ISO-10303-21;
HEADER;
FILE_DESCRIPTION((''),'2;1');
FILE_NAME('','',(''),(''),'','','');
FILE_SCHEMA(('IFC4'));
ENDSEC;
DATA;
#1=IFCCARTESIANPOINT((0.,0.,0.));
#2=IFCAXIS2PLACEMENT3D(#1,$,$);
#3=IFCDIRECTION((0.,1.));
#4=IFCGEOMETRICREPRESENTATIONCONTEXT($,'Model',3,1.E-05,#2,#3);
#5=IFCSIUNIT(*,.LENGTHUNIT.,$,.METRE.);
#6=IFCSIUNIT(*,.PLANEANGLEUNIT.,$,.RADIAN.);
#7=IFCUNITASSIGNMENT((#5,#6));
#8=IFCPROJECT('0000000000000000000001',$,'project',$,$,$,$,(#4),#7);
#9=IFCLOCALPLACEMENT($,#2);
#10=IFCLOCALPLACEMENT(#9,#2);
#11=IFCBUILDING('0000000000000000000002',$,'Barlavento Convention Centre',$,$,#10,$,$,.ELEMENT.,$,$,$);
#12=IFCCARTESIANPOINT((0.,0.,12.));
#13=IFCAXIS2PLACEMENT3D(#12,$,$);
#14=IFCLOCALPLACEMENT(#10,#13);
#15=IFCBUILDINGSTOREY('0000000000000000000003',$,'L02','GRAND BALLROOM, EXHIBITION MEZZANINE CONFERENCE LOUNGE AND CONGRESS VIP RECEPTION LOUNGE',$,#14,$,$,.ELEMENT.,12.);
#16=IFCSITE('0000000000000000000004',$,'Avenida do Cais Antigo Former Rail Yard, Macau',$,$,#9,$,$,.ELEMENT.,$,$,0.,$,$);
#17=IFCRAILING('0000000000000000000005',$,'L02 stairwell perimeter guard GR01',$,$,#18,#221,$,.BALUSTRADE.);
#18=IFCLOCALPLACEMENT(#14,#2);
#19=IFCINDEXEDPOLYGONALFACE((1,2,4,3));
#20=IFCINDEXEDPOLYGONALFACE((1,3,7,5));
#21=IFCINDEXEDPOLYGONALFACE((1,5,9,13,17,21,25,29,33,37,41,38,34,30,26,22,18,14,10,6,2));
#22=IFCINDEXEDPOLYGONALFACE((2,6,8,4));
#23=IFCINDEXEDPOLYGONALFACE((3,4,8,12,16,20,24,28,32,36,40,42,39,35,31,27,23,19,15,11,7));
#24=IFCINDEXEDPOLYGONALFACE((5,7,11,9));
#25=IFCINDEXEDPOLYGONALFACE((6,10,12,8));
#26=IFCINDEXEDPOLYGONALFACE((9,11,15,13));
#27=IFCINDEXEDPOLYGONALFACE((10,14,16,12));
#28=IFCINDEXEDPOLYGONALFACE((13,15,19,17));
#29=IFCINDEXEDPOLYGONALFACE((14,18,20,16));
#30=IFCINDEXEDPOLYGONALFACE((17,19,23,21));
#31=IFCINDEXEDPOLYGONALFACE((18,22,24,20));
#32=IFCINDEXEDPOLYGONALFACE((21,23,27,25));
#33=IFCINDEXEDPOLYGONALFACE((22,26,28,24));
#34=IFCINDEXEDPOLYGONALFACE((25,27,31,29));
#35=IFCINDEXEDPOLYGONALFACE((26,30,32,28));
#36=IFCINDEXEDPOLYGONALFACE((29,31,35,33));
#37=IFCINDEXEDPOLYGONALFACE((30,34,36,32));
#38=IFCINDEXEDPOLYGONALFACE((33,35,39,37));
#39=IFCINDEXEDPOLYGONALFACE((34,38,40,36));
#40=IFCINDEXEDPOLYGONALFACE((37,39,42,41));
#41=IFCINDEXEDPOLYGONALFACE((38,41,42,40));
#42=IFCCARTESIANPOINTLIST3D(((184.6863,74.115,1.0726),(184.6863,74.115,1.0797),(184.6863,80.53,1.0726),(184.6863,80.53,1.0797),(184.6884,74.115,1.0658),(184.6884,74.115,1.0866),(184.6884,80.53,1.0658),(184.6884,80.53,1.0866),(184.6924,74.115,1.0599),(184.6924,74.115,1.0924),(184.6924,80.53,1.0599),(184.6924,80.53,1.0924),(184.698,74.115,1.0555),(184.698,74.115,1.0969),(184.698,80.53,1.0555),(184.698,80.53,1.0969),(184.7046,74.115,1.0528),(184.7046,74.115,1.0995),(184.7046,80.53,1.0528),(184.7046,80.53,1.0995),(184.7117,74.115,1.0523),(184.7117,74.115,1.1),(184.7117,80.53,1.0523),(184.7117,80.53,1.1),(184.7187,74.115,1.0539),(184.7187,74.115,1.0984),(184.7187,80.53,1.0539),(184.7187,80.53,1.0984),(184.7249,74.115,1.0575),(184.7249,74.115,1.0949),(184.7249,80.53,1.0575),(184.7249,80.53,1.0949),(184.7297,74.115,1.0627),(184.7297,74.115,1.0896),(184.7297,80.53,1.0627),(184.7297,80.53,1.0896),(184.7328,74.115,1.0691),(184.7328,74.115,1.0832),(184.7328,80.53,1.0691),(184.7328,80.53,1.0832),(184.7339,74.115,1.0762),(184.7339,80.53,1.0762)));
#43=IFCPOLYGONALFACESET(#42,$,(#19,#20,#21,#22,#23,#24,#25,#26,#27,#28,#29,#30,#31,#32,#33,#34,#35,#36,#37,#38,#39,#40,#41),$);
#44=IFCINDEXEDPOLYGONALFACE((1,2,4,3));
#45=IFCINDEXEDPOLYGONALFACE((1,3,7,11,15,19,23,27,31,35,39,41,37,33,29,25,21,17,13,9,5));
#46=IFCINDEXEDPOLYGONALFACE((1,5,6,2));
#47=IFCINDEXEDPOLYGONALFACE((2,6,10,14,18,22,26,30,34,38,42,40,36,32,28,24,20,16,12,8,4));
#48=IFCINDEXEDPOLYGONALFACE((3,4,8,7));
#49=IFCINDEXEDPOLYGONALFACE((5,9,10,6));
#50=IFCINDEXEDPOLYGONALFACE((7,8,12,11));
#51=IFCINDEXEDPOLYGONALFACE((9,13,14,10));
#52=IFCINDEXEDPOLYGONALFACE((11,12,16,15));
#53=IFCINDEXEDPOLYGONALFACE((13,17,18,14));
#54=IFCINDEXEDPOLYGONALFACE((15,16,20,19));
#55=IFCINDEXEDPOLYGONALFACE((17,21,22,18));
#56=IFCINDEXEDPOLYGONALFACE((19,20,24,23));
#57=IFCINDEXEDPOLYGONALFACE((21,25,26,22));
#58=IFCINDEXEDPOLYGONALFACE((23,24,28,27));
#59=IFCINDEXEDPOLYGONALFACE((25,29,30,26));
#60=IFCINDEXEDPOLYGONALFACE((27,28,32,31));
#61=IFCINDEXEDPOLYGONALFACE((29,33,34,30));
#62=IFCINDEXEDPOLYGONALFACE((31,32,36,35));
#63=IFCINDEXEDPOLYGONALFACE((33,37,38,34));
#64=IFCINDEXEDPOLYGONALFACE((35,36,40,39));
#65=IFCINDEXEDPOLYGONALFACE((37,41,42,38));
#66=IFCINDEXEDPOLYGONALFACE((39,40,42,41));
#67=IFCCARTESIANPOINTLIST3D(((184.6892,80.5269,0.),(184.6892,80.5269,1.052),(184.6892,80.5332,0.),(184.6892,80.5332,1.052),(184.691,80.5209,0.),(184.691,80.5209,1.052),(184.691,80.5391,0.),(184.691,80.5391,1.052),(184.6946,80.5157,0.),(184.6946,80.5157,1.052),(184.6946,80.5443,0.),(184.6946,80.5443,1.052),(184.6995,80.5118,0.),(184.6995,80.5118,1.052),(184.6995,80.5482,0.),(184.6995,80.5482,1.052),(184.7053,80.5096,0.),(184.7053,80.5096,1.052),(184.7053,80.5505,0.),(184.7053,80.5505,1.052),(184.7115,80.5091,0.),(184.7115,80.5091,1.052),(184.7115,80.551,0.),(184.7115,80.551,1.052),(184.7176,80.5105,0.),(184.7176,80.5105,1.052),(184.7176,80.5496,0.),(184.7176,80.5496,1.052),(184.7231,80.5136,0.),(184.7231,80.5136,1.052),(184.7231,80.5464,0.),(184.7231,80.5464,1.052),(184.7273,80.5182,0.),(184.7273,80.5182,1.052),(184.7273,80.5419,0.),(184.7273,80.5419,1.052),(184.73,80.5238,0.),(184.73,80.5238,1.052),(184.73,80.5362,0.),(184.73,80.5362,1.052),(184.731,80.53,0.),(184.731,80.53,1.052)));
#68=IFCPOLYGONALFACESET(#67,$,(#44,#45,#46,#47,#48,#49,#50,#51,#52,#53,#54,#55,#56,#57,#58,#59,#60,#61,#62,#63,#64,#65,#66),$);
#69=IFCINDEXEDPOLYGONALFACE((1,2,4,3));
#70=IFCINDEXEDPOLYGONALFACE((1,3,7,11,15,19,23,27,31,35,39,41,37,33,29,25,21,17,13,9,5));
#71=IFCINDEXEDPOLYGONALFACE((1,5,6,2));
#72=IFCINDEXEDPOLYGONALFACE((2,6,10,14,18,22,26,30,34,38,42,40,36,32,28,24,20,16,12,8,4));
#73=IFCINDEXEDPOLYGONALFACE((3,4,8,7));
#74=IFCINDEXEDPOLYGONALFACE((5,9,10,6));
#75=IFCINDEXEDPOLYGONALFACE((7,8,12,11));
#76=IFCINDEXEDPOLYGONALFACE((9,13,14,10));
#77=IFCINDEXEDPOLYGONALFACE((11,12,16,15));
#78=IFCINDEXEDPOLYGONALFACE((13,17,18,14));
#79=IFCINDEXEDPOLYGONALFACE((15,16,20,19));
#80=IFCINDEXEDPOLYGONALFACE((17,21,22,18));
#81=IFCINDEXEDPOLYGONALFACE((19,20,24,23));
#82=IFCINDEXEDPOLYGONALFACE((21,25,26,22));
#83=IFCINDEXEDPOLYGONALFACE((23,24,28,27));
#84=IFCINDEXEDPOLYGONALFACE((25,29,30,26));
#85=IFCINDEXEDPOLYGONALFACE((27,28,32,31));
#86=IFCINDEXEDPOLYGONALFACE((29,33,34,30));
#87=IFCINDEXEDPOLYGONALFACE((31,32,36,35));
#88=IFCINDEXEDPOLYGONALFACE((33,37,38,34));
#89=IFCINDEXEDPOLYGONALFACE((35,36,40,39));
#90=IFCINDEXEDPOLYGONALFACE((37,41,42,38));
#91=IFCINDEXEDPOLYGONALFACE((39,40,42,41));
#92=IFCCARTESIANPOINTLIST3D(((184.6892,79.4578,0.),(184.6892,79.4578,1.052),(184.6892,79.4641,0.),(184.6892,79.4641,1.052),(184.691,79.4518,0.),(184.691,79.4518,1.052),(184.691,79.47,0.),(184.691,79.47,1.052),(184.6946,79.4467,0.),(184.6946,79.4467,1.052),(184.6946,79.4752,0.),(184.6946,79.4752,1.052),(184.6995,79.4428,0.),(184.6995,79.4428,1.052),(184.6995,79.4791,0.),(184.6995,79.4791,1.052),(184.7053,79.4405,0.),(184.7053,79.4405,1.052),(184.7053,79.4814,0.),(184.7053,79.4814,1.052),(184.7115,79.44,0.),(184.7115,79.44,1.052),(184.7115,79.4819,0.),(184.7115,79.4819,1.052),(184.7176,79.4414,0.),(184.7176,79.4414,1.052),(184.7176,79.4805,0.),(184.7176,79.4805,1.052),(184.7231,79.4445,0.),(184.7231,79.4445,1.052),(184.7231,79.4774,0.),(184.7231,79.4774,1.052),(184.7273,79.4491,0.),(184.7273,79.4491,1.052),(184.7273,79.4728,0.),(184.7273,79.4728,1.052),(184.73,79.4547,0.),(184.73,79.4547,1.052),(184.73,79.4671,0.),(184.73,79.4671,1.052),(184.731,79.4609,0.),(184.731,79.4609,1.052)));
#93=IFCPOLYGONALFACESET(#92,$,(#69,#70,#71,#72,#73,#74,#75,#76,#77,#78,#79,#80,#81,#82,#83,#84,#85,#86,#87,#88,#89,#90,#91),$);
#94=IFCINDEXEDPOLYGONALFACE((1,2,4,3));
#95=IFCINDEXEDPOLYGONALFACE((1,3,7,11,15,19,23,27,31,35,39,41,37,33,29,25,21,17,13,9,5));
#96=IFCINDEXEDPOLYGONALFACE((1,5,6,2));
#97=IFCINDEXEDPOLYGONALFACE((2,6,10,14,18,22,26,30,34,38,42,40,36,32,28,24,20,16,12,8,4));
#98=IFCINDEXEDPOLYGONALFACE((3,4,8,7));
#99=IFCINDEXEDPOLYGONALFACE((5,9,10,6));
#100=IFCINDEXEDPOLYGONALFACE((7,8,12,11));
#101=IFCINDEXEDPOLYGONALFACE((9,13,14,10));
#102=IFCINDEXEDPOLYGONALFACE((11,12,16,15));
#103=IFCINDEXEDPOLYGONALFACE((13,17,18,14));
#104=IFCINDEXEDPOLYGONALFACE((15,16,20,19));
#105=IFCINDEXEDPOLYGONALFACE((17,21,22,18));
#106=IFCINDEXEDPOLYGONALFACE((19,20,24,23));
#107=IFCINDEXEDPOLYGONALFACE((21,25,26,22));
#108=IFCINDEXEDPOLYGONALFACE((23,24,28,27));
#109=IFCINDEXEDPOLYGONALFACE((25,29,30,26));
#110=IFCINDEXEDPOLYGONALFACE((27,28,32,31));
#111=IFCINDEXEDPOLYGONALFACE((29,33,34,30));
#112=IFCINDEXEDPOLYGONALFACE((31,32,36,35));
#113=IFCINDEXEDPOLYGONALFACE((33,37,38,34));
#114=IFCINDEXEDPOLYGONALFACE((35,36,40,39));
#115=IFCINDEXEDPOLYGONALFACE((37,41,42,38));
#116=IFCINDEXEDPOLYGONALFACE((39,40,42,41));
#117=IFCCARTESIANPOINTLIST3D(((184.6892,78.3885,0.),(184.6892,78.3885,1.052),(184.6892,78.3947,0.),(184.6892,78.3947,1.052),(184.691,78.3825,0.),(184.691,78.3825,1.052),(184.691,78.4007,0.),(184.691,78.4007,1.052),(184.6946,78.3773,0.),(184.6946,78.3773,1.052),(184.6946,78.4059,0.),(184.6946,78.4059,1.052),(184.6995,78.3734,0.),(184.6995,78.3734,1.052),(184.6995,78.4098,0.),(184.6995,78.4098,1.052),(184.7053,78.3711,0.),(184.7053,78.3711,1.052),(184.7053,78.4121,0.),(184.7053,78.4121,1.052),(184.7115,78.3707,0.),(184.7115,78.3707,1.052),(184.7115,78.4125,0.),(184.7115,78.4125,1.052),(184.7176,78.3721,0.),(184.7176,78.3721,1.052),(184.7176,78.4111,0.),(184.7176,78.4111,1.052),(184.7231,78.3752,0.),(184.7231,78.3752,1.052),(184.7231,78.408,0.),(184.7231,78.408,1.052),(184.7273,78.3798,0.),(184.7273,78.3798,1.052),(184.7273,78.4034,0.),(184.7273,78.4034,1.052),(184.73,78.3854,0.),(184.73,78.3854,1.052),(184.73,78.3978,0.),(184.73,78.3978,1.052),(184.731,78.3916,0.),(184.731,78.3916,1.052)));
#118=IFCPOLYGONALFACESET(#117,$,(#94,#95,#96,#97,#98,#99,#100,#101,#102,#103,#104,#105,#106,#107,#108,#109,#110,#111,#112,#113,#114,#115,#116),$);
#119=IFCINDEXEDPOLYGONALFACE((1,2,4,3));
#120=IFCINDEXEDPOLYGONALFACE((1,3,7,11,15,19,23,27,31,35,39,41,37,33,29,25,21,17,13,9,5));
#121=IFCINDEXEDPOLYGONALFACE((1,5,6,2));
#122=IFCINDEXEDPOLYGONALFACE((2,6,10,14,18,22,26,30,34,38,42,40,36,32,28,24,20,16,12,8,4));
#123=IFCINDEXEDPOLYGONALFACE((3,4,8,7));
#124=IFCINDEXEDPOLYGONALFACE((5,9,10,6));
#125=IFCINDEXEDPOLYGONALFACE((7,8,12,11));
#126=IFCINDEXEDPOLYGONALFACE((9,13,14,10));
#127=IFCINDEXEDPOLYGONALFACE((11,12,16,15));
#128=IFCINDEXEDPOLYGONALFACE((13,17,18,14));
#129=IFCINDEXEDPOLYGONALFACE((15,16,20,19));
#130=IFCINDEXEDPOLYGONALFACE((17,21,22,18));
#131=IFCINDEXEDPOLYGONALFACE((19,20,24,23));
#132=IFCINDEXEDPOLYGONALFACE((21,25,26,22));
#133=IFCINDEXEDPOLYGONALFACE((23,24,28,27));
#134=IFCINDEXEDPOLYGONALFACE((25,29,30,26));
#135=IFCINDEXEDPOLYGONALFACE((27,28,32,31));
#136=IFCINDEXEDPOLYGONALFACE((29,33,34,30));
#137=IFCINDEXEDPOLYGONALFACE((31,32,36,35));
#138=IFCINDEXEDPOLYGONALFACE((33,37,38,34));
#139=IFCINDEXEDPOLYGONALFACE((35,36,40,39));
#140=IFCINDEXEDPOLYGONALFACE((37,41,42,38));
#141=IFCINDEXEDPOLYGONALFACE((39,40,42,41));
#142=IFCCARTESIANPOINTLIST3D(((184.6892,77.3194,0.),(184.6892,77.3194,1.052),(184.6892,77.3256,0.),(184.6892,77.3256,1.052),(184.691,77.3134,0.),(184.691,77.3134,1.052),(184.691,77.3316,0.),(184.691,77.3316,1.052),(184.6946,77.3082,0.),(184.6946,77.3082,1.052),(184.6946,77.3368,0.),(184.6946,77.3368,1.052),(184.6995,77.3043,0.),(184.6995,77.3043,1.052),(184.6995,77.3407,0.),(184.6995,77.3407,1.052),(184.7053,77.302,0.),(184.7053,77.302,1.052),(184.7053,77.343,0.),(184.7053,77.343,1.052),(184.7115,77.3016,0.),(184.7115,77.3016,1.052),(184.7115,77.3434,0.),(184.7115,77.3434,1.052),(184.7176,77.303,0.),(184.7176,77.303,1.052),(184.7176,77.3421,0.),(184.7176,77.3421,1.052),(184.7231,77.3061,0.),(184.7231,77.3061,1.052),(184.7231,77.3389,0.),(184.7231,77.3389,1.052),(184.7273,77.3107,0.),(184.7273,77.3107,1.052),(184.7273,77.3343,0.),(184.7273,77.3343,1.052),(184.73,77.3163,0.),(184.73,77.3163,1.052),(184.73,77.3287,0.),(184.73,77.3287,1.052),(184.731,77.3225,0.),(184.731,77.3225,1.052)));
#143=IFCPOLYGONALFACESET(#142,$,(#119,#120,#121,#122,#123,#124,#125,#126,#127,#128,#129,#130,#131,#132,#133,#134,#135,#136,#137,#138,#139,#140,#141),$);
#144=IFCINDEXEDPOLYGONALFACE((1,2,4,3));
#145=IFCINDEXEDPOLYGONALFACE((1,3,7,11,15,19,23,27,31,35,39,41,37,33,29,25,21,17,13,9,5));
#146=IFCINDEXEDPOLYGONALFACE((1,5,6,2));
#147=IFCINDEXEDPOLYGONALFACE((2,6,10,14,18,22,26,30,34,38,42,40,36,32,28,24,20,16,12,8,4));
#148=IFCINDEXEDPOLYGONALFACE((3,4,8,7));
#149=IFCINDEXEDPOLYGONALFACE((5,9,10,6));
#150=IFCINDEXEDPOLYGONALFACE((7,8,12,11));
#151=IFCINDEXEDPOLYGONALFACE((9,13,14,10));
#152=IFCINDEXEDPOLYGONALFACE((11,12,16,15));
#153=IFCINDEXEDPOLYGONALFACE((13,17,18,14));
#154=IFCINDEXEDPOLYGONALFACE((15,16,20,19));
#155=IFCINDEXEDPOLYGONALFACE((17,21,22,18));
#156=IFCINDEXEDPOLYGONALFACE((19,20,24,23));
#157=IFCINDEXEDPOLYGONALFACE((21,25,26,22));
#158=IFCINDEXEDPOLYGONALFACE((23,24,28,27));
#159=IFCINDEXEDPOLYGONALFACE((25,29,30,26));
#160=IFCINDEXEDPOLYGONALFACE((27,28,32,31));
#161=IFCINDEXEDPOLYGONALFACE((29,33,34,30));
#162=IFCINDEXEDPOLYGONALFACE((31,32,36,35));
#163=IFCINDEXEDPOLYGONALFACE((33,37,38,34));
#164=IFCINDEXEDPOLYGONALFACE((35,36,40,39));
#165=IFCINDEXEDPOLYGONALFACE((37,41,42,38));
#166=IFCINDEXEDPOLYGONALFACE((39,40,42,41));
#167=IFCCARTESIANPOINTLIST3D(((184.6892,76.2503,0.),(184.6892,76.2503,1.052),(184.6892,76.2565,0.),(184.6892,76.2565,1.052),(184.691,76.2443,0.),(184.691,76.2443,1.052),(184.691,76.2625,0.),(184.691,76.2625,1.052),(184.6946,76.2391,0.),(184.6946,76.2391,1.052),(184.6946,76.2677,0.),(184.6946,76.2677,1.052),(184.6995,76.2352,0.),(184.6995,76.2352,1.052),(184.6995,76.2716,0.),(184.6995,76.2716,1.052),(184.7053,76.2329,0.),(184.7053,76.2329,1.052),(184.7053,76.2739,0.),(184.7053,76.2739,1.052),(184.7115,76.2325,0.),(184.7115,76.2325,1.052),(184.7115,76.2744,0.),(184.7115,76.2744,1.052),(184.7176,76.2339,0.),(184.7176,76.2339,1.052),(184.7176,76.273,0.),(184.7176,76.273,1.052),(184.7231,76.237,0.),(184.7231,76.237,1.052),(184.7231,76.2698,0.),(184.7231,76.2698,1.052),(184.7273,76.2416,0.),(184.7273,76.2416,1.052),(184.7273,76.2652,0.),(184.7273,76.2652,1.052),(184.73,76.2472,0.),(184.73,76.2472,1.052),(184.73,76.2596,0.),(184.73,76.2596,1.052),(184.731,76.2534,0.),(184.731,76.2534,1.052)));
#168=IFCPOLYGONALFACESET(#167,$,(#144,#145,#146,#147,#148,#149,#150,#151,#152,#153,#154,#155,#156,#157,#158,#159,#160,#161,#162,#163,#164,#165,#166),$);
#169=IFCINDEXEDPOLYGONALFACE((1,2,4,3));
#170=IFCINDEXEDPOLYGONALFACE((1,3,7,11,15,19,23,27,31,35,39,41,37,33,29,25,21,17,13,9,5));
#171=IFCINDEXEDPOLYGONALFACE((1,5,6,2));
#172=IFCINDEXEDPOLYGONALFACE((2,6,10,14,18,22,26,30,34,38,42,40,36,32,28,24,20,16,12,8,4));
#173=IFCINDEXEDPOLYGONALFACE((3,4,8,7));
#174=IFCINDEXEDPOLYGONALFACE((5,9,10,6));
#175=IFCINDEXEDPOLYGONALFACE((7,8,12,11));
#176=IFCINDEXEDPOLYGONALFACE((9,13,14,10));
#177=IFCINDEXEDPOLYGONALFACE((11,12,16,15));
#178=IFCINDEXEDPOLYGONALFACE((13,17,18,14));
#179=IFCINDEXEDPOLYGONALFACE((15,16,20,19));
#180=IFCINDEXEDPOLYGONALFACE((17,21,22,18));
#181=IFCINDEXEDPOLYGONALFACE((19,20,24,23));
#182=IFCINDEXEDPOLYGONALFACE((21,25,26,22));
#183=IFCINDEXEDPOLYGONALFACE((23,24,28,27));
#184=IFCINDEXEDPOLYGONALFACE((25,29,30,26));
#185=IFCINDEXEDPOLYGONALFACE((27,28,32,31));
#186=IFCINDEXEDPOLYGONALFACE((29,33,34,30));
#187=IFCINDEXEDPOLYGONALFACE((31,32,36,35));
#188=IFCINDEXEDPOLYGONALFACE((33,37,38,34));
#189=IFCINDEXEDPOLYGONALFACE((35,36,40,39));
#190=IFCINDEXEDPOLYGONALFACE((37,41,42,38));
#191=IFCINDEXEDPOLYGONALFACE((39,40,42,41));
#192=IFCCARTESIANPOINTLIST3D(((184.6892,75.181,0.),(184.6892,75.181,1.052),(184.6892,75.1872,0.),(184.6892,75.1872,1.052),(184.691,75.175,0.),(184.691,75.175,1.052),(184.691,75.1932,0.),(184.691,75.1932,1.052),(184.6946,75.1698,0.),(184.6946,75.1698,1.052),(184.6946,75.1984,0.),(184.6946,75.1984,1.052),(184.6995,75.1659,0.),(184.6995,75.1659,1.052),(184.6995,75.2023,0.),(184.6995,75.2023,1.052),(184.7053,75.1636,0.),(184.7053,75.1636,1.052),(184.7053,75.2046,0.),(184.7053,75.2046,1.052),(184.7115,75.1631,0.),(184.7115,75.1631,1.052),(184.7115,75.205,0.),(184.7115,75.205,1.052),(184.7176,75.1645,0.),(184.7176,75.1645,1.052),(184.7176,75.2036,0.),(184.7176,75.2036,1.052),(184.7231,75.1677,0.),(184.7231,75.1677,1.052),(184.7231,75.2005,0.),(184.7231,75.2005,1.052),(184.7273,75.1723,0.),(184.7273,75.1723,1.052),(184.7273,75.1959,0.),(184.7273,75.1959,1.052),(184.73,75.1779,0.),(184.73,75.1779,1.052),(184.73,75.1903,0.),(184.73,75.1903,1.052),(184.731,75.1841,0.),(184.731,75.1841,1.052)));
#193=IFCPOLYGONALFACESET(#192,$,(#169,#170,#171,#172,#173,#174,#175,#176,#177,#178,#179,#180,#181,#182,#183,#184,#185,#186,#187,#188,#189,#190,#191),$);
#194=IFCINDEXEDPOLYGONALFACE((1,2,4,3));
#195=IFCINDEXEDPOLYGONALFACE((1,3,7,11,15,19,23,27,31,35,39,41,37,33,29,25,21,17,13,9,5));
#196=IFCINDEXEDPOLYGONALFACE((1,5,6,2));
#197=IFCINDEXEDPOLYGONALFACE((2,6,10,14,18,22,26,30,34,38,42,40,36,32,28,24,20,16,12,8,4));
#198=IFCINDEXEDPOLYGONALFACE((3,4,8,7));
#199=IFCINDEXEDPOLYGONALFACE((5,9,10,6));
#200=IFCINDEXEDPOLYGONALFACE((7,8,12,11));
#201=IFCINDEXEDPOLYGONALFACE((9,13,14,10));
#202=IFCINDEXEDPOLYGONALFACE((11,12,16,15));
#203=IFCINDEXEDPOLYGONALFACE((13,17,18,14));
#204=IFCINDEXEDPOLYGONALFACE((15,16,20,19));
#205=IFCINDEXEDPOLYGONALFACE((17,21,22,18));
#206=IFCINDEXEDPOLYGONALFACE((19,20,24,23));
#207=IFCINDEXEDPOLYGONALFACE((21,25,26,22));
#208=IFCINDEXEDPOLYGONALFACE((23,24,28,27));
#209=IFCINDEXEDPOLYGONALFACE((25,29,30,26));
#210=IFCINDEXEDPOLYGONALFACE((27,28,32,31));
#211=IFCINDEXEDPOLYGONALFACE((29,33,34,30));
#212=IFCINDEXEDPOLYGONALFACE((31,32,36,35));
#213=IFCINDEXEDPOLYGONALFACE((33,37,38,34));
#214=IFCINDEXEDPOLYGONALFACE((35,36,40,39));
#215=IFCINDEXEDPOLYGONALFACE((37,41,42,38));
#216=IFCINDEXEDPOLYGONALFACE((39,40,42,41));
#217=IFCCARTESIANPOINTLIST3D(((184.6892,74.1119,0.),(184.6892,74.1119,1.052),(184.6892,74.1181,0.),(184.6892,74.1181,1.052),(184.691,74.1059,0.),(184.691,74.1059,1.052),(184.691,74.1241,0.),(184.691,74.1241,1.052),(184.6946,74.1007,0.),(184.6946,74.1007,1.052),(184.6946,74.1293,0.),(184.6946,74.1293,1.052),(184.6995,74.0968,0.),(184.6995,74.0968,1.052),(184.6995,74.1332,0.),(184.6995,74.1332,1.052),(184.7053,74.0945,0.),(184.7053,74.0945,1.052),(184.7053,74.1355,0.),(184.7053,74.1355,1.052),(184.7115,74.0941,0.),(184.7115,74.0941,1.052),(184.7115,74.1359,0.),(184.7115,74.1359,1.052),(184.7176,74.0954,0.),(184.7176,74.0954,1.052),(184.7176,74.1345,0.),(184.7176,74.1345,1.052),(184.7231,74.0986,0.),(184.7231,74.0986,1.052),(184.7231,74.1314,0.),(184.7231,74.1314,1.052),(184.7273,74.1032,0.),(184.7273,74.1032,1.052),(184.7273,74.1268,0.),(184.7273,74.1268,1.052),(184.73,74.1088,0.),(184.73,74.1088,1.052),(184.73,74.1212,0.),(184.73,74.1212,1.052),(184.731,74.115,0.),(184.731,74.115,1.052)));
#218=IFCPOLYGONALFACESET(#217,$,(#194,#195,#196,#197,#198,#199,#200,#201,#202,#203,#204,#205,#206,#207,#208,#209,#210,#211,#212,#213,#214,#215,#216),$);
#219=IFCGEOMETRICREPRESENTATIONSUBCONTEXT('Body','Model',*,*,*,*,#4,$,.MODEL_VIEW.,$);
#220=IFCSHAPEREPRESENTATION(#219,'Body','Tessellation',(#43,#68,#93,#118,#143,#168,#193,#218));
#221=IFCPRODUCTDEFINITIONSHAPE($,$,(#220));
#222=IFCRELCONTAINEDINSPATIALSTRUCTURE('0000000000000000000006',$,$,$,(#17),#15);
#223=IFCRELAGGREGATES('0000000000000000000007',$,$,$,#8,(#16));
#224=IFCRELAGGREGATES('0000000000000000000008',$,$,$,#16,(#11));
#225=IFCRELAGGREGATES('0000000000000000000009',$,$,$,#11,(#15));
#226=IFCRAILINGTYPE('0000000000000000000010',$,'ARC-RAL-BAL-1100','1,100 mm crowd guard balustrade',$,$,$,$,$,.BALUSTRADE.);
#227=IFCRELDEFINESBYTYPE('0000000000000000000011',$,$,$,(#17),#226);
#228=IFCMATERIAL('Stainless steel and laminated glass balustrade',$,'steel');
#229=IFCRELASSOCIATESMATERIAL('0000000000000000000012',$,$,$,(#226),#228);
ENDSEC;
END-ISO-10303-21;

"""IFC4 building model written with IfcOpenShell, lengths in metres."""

from ifc_helpers import new_model, si_unit, direction, frame, origin, origin_2d, place, context, subcontext, project, spatial, circle, extrude, material, type_object, element, save


model = new_model("IFC4")

# Units and contexts
model_context = context("Model", 3, precision=1e-05, world=origin(), true_north=direction((0.0, 1.0)))
body_context = subcontext(model_context, "Body", "Model", "MODEL_VIEW")
ifc_project = project(units=[si_unit("LENGTHUNIT", "METRE"), si_unit("PLANEANGLEUNIT", "RADIAN")], contexts=[model_context])

# Site, building, storey
site_placement = place(None, origin())
site = spatial("IfcSite", under=ifc_project, at=site_placement, Name="Avenida do Cais Antigo Former Rail Yard, Macau", CompositionType="ELEMENT", RefElevation=0.0)
building_placement = place(site_placement, origin())
building = spatial("IfcBuilding", under=site, at=building_placement, Name="Barlavento Convention Centre", CompositionType="ELEMENT")
storey_placement = place(building_placement, frame((0.0, 0.0, 12.0)))
storey = spatial("IfcBuildingStorey", under=building, at=storey_placement, Name="L02", Description="GRAND BALLROOM, EXHIBITION MEZZANINE CONFERENCE LOUNGE AND CONGRESS VIP RECEPTION LOUNGE", CompositionType="ELEMENT", Elevation=12.0)

# Railing
ifc_material_1 = material(Name="Stainless steel and laminated glass balustrade", Category="steel")
railing_type_1 = type_object("IfcRailingType", Name="ARC-RAL-BAL-1100", Description="1,100 mm crowd guard balustrade", PredefinedType="BALUSTRADE", material=ifc_material_1)
railing_1_placement = place(storey_placement, frame((184.71, 80.53, 0.0)))
element("IfcRailing", 1, at=railing_1_placement, inside=storey, type_object=railing_type_1, Name="L02 stairwell perimeter guard GR01", PredefinedType="BALUSTRADE", context=body_context, shape_type="SweptSolid", body=[
    extrude(circle(Radius=0.0239, at=origin_2d()), frame((0.0, 0.0, 1.0762), z_axis=(0.0, -1.0, 0.0), x_axis=(1.0, 0.0, 0.0)), (0.0, 0.0, 1.0), 6.415),
    extrude(circle(Radius=0.021, at=origin_2d()), origin(), (0.0, 0.0, 1.0), 1.052),
    extrude(circle(Radius=0.021, at=origin_2d()), frame((0.0, -1.0691, 0.0)), (0.0, 0.0, 1.0), 1.052),
    extrude(circle(Radius=0.021, at=origin_2d()), frame((0.0, -2.1384, 0.0)), (0.0, 0.0, 1.0), 1.052),
    extrude(circle(Radius=0.021, at=origin_2d()), frame((0.0, -3.2075, 0.0)), (0.0, 0.0, 1.0), 1.052),
    extrude(circle(Radius=0.021, at=origin_2d()), frame((0.0, -4.2766, 0.0)), (0.0, 0.0, 1.0), 1.052),
    extrude(circle(Radius=0.021, at=origin_2d()), frame((0.0, -5.3459, 0.0)), (0.0, 0.0, 1.0), 1.052),
    extrude(circle(Radius=0.021, at=origin_2d()), frame((0.0, -6.415, 0.0)), (0.0, 0.0, 1.0), 1.052),
])

save(model, "model.ifc")
